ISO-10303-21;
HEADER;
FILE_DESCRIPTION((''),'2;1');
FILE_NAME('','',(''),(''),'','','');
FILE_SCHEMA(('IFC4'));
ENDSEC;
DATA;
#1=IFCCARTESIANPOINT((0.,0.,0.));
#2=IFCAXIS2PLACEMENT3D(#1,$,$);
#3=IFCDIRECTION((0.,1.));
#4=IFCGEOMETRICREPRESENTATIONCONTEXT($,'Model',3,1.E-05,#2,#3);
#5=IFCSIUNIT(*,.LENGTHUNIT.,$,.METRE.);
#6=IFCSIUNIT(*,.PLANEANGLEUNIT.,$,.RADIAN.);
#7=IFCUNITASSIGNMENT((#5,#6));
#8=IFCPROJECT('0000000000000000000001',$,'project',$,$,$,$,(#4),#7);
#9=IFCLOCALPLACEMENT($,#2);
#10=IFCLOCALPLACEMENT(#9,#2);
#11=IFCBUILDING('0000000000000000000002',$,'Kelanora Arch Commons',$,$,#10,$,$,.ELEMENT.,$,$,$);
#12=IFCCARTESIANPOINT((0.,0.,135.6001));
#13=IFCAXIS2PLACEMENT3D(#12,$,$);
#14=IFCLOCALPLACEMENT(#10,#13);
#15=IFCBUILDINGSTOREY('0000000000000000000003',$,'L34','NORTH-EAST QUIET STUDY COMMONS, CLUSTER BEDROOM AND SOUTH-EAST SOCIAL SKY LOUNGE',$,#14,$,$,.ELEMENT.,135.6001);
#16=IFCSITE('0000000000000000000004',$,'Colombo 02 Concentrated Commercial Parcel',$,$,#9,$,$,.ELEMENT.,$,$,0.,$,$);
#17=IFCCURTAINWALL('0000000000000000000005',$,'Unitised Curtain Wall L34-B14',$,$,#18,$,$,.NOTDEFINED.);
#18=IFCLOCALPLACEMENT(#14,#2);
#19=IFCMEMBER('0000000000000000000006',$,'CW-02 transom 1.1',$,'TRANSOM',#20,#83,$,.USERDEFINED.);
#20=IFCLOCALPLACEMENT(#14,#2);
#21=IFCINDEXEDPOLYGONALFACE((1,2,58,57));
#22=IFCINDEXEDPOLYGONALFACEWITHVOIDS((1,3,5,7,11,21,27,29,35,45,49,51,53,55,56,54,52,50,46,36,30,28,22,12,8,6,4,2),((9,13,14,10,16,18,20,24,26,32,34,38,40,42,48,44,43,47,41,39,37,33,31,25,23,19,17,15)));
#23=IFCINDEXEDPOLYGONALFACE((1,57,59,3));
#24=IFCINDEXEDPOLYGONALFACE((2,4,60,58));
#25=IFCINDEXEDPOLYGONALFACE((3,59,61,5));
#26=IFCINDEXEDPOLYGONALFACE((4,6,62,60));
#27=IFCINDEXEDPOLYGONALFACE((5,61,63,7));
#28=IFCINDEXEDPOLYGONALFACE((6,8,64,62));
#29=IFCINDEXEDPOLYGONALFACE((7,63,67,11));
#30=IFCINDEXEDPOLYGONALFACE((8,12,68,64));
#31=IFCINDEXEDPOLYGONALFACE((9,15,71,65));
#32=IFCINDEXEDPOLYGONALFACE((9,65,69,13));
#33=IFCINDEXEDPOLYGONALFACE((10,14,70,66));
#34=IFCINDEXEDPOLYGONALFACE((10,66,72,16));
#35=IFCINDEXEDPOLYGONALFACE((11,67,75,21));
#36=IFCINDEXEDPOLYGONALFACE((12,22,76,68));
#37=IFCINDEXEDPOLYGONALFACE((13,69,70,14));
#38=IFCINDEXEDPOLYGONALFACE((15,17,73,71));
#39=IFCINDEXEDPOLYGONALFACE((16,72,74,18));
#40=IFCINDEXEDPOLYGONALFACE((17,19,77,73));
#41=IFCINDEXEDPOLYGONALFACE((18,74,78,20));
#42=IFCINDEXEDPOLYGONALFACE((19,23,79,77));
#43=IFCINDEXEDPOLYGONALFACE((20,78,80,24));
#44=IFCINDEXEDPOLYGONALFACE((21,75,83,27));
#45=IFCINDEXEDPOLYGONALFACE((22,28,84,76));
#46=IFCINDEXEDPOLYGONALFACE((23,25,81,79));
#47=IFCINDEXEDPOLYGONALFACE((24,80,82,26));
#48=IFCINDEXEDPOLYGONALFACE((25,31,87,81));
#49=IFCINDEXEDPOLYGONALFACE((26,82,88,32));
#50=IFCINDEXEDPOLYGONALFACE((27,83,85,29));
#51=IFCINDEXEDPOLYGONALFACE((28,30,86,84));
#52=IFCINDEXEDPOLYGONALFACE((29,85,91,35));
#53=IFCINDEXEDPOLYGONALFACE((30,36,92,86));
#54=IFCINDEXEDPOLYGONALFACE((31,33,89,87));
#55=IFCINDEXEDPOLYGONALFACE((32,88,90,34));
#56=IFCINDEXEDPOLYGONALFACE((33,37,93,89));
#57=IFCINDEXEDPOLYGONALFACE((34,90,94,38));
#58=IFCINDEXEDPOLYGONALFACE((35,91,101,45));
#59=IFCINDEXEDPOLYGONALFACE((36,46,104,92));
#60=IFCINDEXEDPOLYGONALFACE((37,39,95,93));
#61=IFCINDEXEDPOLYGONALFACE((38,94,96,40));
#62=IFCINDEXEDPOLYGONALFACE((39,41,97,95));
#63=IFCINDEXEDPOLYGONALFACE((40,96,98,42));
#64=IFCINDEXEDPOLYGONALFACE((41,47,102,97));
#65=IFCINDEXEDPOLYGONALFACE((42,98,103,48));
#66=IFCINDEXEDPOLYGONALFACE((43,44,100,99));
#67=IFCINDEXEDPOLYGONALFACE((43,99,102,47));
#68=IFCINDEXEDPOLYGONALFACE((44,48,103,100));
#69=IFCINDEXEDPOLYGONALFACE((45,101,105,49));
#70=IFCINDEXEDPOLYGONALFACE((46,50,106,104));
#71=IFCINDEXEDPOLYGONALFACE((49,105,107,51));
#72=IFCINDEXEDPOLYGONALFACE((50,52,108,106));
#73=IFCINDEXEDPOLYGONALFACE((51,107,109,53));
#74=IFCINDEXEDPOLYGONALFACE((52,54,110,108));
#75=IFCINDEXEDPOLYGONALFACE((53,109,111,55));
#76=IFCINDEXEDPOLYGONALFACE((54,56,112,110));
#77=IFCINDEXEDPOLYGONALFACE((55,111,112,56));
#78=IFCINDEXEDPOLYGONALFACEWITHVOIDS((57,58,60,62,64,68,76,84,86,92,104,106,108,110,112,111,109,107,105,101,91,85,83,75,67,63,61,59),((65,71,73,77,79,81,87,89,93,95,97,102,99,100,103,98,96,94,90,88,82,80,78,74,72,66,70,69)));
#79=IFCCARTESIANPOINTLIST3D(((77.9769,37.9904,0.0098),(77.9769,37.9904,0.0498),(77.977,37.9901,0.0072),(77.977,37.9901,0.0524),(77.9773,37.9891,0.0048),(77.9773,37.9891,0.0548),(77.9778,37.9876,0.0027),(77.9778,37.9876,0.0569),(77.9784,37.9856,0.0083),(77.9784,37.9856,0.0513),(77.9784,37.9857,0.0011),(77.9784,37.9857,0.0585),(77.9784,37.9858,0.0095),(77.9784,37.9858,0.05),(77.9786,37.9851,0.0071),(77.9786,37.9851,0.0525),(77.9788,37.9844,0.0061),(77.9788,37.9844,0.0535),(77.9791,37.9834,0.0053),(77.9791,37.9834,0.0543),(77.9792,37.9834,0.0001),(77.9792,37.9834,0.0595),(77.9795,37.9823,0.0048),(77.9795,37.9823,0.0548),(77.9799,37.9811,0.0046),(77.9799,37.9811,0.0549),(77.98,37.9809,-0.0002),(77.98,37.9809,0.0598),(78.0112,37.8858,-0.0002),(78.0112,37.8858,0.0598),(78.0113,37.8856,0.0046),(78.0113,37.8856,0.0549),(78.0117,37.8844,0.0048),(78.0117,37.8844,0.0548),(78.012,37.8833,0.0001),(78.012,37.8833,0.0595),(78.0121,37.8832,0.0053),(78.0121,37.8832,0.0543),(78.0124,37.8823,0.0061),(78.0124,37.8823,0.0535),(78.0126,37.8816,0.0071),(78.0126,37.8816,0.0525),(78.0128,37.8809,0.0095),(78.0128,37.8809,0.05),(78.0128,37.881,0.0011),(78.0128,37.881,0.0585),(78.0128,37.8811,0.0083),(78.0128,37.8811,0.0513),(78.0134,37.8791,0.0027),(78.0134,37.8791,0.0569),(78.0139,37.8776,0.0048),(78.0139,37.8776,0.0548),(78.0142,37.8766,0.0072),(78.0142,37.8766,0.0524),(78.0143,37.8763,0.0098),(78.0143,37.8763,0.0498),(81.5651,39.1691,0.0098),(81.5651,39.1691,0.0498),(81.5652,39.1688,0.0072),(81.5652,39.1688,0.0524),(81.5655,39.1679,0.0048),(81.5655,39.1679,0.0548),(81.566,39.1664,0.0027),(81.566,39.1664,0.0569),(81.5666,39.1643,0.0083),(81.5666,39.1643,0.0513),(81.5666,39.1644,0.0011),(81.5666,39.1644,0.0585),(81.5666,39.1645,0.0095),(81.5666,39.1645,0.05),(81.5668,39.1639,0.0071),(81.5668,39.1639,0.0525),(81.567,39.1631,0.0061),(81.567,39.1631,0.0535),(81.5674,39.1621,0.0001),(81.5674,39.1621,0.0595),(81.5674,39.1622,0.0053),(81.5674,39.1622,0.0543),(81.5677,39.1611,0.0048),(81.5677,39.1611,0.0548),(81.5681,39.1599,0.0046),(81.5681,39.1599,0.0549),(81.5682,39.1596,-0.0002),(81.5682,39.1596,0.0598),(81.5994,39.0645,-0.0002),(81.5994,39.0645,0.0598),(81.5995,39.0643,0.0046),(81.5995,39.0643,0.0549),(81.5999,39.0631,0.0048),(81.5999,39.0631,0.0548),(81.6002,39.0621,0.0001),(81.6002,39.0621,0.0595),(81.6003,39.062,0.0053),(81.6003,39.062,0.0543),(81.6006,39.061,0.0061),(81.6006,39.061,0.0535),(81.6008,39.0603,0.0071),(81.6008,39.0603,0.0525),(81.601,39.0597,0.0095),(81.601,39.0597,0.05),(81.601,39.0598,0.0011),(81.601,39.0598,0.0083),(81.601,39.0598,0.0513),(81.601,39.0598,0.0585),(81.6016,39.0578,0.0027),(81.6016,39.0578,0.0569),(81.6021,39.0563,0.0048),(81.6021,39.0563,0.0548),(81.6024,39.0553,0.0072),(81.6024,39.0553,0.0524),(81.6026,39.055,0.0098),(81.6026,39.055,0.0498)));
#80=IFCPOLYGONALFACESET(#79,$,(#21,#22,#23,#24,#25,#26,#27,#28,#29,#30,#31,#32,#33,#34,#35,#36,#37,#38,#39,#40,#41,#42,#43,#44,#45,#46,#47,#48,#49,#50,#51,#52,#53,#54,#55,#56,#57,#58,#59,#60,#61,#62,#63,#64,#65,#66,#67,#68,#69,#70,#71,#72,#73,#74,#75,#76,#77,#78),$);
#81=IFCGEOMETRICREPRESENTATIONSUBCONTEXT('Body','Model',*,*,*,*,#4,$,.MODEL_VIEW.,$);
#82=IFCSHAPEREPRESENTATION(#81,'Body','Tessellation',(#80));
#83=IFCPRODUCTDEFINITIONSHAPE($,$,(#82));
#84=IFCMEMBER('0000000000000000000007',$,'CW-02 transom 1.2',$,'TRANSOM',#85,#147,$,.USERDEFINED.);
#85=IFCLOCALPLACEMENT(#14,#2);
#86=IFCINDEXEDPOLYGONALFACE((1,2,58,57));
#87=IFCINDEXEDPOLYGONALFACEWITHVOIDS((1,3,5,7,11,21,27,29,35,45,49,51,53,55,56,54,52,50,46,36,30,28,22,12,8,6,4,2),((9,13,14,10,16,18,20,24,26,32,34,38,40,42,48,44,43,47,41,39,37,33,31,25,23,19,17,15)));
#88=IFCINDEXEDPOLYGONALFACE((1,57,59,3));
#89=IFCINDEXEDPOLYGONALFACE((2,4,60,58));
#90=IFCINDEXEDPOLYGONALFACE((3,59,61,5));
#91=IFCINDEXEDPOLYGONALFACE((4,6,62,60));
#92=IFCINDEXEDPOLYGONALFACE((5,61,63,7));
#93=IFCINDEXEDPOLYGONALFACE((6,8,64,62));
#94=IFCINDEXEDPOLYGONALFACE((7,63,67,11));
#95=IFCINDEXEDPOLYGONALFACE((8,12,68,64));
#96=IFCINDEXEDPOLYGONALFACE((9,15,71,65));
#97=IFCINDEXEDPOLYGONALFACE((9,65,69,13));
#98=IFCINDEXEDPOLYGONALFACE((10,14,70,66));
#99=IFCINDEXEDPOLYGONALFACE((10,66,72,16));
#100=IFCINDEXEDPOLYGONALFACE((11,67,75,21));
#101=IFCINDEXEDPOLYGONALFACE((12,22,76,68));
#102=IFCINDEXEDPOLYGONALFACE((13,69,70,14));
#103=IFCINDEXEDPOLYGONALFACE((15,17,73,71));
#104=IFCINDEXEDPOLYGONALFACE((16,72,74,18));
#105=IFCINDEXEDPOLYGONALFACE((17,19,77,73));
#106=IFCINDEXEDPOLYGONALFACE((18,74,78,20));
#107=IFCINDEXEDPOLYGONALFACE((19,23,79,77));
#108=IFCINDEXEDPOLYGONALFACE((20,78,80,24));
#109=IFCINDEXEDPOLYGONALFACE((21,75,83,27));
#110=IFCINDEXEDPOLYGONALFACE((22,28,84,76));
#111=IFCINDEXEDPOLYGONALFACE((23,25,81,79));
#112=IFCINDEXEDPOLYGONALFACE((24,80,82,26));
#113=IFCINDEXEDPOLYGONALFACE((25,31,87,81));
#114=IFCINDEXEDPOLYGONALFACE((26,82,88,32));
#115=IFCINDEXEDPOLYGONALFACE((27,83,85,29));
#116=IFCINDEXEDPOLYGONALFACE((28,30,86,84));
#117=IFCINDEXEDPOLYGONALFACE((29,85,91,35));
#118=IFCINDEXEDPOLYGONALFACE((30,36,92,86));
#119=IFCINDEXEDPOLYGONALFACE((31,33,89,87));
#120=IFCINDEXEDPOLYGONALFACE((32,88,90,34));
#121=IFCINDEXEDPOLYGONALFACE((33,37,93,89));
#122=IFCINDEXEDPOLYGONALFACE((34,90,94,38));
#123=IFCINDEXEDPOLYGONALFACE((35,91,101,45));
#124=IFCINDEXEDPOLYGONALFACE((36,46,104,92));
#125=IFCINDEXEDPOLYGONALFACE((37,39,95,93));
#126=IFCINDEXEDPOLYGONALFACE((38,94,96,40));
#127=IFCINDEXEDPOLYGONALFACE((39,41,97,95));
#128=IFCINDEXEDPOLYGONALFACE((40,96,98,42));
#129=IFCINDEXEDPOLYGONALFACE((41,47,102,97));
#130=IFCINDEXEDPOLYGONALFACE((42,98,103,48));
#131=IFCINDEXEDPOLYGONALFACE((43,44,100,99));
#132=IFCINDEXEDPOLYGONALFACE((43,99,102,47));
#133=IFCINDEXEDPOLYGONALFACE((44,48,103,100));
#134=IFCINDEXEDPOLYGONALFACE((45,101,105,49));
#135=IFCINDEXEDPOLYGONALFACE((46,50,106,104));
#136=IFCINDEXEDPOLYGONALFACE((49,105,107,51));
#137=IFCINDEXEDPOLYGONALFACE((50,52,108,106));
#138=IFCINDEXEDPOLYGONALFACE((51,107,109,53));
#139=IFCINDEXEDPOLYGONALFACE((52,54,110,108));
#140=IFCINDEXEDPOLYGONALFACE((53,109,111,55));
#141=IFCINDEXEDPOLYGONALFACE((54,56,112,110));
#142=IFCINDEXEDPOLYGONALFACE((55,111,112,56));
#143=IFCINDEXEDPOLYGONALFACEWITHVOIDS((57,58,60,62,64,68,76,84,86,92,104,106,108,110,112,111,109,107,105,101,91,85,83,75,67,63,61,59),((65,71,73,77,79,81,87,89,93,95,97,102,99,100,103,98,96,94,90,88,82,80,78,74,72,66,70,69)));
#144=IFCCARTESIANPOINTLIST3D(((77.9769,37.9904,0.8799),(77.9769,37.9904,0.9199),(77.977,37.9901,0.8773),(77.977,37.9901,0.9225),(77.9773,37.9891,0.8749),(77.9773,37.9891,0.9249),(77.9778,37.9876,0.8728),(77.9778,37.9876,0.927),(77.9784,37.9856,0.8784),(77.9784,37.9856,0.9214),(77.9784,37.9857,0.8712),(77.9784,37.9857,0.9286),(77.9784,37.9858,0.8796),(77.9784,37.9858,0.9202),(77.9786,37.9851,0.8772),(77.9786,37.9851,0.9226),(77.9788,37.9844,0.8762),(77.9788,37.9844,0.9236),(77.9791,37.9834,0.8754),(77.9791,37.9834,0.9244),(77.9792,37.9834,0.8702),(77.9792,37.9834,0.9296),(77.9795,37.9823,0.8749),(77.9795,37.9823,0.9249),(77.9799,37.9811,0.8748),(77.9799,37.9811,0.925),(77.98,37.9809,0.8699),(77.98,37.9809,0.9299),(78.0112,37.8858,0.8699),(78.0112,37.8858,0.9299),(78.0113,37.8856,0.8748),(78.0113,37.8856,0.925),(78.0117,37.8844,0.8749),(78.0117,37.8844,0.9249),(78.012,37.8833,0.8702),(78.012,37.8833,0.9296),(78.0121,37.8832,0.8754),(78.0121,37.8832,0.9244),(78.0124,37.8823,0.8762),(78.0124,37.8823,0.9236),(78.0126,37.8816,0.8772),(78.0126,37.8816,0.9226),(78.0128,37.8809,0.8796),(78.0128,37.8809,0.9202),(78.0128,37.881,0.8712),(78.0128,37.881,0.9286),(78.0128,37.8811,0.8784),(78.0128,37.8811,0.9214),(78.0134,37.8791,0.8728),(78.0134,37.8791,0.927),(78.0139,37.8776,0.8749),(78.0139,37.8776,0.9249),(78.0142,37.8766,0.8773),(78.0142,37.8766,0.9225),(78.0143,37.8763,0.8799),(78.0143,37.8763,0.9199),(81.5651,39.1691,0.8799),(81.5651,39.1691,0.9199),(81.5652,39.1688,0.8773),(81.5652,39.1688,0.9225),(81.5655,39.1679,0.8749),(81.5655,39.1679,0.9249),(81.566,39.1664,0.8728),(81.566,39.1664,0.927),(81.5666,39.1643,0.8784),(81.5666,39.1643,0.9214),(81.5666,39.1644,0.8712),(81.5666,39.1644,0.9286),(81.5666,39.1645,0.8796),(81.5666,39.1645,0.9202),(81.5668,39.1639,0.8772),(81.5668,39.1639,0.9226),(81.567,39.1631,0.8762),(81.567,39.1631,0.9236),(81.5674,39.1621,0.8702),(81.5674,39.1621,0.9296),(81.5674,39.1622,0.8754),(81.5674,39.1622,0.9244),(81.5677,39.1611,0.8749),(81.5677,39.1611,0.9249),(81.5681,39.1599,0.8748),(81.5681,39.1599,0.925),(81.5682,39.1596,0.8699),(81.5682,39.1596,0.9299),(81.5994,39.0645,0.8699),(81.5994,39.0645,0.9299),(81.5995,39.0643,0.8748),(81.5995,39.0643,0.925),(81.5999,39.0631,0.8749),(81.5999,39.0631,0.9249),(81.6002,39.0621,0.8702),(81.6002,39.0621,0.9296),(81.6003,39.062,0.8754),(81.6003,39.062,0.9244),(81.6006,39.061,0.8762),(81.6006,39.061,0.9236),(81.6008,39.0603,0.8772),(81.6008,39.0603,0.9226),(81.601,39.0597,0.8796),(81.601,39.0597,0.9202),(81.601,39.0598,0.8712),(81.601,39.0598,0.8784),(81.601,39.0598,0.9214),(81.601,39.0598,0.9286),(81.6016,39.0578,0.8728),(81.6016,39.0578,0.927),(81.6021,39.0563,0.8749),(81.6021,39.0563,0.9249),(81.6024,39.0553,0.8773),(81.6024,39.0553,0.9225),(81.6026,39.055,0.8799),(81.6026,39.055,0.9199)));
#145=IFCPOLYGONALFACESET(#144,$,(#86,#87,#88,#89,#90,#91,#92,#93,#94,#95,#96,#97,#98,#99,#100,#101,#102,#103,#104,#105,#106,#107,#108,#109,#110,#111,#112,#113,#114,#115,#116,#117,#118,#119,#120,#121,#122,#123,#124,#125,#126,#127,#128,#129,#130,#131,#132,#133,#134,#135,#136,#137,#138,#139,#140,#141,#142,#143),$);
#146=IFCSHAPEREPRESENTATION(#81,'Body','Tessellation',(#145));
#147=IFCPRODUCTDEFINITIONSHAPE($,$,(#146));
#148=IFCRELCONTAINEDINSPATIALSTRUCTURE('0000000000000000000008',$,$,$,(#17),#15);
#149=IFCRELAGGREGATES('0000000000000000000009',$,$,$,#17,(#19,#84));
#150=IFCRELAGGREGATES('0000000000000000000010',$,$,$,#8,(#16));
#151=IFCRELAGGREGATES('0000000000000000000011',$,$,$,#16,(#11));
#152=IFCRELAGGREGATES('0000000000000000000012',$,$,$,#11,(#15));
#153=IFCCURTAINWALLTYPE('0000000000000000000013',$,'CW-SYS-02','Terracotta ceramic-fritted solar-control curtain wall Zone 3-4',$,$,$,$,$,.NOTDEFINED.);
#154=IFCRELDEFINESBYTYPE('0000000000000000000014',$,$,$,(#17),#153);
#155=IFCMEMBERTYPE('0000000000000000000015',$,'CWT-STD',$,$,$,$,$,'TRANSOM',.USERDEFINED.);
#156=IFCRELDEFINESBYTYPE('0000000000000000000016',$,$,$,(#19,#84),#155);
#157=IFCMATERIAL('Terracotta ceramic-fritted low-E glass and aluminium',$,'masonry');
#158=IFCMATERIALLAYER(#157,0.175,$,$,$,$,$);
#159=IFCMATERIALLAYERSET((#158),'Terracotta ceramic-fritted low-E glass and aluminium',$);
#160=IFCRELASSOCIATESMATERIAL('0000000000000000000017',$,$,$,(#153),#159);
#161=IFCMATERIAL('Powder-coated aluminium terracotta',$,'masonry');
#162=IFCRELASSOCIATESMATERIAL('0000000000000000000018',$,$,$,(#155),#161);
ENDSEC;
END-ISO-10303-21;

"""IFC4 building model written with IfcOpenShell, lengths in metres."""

from ifc_helpers import new_model, si_unit, direction, frame, origin, origin_2d, place, context, subcontext, project, spatial, hollow_rectangle, extrude, material, layer, layer_set, material_profile, profile_set, type_object, element, aggregate, save


model = new_model("IFC4")

# Units and contexts
model_context = context("Model", 3, precision=1e-05, world=origin(), true_north=direction((0.0, 1.0)))
body_context = subcontext(model_context, "Body", "Model", "MODEL_VIEW")
ifc_project = project(units=[si_unit("LENGTHUNIT", "METRE"), si_unit("PLANEANGLEUNIT", "RADIAN")], contexts=[model_context])

# Site, building, storey
site_placement = place(None, origin())
site = spatial("IfcSite", under=ifc_project, at=site_placement, Name="Colombo 02 Concentrated Commercial Parcel", CompositionType="ELEMENT", RefElevation=0.0)
building_placement = place(site_placement, origin())
building = spatial("IfcBuilding", under=site, at=building_placement, Name="Kelanora Arch Commons", CompositionType="ELEMENT")
storey_placement = place(building_placement, frame((0.0, 0.0, 135.6001)))
storey = spatial("IfcBuildingStorey", under=building, at=storey_placement, Name="L34", Description="NORTH-EAST QUIET STUDY COMMONS, CLUSTER BEDROOM AND SOUTH-EAST SOCIAL SKY LOUNGE", CompositionType="ELEMENT", Elevation=135.6001)

# Curtain wall, members
ifc_material_1 = material(Name="Terracotta ceramic-fritted low-E glass and aluminium", Category="masonry")
ifc_layer_1 = layer(ifc_material_1, 0.175)
ifc_layer_set_1 = layer_set([ifc_layer_1], Name="Terracotta ceramic-fritted low-E glass and aluminium")
curtain_wall_type = type_object("IfcCurtainWallType", Name="CW-SYS-02", Description="Terracotta ceramic-fritted solar-control curtain wall Zone 3-4", PredefinedType="NOTDEFINED", material=ifc_layer_set_1)
curtain_wall_placement = place(storey_placement, origin())
curtain_wall = element("IfcCurtainWall", 1, at=curtain_wall_placement, inside=storey, type_object=curtain_wall_type, Name="Unitised Curtain Wall L34-B14", PredefinedType="NOTDEFINED")
ifc_material_2 = material(Name="Powder-coated aluminium terracotta", Category="masonry")
ifc_material_profile_1 = material_profile(ifc_material_2, hollow_rectangle(XDim=0.1201, YDim=0.0601, WallThickness=0.0049, InnerFilletRadius=0.0049, OuterFilletRadius=0.01, at=origin_2d()), Name="CWT120x60")
ifc_profile_set_1 = profile_set([ifc_material_profile_1], Name="Powder-coated aluminium terracotta")
member_type_1 = type_object("IfcMemberType", Name="CWT-STD", ElementType="TRANSOM", PredefinedType="USERDEFINED", material=ifc_profile_set_1)
member_1_placement = place(storey_placement, frame((77.9956, 37.9333, 0.0298), z_axis=(0.950051, 0.312094, 0.0), x_axis=(-0.312094, 0.950051, 0.0)))
member_1 = element("IfcMember", 2, at=member_1_placement, type_object=member_type_1, Name="CW-02 transom 1.1", ObjectType="TRANSOM", PredefinedType="USERDEFINED", context=body_context, shape_type="SweptSolid", body=[
    extrude(hollow_rectangle(XDim=0.1201, YDim=0.0601, WallThickness=0.0049, InnerFilletRadius=0.0049, OuterFilletRadius=0.01, at=origin_2d()), origin(), (0.0, 0.0, 1.0), 3.7769),
])
member_2_placement = place(storey_placement, frame((77.9956, 37.9333, 0.8999), z_axis=(0.950051, 0.312094, 0.0), x_axis=(-0.312094, 0.950051, 0.0)))
member_2 = element("IfcMember", 3, at=member_2_placement, type_object=member_type_1, Name="CW-02 transom 1.2", ObjectType="TRANSOM", PredefinedType="USERDEFINED", context=body_context, shape_type="SweptSolid", body=[
    extrude(hollow_rectangle(XDim=0.1201, YDim=0.0601, WallThickness=0.0049, InnerFilletRadius=0.0049, OuterFilletRadius=0.01, at=origin_2d()), origin(), (0.0, 0.0, 1.0), 3.7769),
])
aggregate(curtain_wall, [member_1, member_2])

save(model, "model.ifc")
